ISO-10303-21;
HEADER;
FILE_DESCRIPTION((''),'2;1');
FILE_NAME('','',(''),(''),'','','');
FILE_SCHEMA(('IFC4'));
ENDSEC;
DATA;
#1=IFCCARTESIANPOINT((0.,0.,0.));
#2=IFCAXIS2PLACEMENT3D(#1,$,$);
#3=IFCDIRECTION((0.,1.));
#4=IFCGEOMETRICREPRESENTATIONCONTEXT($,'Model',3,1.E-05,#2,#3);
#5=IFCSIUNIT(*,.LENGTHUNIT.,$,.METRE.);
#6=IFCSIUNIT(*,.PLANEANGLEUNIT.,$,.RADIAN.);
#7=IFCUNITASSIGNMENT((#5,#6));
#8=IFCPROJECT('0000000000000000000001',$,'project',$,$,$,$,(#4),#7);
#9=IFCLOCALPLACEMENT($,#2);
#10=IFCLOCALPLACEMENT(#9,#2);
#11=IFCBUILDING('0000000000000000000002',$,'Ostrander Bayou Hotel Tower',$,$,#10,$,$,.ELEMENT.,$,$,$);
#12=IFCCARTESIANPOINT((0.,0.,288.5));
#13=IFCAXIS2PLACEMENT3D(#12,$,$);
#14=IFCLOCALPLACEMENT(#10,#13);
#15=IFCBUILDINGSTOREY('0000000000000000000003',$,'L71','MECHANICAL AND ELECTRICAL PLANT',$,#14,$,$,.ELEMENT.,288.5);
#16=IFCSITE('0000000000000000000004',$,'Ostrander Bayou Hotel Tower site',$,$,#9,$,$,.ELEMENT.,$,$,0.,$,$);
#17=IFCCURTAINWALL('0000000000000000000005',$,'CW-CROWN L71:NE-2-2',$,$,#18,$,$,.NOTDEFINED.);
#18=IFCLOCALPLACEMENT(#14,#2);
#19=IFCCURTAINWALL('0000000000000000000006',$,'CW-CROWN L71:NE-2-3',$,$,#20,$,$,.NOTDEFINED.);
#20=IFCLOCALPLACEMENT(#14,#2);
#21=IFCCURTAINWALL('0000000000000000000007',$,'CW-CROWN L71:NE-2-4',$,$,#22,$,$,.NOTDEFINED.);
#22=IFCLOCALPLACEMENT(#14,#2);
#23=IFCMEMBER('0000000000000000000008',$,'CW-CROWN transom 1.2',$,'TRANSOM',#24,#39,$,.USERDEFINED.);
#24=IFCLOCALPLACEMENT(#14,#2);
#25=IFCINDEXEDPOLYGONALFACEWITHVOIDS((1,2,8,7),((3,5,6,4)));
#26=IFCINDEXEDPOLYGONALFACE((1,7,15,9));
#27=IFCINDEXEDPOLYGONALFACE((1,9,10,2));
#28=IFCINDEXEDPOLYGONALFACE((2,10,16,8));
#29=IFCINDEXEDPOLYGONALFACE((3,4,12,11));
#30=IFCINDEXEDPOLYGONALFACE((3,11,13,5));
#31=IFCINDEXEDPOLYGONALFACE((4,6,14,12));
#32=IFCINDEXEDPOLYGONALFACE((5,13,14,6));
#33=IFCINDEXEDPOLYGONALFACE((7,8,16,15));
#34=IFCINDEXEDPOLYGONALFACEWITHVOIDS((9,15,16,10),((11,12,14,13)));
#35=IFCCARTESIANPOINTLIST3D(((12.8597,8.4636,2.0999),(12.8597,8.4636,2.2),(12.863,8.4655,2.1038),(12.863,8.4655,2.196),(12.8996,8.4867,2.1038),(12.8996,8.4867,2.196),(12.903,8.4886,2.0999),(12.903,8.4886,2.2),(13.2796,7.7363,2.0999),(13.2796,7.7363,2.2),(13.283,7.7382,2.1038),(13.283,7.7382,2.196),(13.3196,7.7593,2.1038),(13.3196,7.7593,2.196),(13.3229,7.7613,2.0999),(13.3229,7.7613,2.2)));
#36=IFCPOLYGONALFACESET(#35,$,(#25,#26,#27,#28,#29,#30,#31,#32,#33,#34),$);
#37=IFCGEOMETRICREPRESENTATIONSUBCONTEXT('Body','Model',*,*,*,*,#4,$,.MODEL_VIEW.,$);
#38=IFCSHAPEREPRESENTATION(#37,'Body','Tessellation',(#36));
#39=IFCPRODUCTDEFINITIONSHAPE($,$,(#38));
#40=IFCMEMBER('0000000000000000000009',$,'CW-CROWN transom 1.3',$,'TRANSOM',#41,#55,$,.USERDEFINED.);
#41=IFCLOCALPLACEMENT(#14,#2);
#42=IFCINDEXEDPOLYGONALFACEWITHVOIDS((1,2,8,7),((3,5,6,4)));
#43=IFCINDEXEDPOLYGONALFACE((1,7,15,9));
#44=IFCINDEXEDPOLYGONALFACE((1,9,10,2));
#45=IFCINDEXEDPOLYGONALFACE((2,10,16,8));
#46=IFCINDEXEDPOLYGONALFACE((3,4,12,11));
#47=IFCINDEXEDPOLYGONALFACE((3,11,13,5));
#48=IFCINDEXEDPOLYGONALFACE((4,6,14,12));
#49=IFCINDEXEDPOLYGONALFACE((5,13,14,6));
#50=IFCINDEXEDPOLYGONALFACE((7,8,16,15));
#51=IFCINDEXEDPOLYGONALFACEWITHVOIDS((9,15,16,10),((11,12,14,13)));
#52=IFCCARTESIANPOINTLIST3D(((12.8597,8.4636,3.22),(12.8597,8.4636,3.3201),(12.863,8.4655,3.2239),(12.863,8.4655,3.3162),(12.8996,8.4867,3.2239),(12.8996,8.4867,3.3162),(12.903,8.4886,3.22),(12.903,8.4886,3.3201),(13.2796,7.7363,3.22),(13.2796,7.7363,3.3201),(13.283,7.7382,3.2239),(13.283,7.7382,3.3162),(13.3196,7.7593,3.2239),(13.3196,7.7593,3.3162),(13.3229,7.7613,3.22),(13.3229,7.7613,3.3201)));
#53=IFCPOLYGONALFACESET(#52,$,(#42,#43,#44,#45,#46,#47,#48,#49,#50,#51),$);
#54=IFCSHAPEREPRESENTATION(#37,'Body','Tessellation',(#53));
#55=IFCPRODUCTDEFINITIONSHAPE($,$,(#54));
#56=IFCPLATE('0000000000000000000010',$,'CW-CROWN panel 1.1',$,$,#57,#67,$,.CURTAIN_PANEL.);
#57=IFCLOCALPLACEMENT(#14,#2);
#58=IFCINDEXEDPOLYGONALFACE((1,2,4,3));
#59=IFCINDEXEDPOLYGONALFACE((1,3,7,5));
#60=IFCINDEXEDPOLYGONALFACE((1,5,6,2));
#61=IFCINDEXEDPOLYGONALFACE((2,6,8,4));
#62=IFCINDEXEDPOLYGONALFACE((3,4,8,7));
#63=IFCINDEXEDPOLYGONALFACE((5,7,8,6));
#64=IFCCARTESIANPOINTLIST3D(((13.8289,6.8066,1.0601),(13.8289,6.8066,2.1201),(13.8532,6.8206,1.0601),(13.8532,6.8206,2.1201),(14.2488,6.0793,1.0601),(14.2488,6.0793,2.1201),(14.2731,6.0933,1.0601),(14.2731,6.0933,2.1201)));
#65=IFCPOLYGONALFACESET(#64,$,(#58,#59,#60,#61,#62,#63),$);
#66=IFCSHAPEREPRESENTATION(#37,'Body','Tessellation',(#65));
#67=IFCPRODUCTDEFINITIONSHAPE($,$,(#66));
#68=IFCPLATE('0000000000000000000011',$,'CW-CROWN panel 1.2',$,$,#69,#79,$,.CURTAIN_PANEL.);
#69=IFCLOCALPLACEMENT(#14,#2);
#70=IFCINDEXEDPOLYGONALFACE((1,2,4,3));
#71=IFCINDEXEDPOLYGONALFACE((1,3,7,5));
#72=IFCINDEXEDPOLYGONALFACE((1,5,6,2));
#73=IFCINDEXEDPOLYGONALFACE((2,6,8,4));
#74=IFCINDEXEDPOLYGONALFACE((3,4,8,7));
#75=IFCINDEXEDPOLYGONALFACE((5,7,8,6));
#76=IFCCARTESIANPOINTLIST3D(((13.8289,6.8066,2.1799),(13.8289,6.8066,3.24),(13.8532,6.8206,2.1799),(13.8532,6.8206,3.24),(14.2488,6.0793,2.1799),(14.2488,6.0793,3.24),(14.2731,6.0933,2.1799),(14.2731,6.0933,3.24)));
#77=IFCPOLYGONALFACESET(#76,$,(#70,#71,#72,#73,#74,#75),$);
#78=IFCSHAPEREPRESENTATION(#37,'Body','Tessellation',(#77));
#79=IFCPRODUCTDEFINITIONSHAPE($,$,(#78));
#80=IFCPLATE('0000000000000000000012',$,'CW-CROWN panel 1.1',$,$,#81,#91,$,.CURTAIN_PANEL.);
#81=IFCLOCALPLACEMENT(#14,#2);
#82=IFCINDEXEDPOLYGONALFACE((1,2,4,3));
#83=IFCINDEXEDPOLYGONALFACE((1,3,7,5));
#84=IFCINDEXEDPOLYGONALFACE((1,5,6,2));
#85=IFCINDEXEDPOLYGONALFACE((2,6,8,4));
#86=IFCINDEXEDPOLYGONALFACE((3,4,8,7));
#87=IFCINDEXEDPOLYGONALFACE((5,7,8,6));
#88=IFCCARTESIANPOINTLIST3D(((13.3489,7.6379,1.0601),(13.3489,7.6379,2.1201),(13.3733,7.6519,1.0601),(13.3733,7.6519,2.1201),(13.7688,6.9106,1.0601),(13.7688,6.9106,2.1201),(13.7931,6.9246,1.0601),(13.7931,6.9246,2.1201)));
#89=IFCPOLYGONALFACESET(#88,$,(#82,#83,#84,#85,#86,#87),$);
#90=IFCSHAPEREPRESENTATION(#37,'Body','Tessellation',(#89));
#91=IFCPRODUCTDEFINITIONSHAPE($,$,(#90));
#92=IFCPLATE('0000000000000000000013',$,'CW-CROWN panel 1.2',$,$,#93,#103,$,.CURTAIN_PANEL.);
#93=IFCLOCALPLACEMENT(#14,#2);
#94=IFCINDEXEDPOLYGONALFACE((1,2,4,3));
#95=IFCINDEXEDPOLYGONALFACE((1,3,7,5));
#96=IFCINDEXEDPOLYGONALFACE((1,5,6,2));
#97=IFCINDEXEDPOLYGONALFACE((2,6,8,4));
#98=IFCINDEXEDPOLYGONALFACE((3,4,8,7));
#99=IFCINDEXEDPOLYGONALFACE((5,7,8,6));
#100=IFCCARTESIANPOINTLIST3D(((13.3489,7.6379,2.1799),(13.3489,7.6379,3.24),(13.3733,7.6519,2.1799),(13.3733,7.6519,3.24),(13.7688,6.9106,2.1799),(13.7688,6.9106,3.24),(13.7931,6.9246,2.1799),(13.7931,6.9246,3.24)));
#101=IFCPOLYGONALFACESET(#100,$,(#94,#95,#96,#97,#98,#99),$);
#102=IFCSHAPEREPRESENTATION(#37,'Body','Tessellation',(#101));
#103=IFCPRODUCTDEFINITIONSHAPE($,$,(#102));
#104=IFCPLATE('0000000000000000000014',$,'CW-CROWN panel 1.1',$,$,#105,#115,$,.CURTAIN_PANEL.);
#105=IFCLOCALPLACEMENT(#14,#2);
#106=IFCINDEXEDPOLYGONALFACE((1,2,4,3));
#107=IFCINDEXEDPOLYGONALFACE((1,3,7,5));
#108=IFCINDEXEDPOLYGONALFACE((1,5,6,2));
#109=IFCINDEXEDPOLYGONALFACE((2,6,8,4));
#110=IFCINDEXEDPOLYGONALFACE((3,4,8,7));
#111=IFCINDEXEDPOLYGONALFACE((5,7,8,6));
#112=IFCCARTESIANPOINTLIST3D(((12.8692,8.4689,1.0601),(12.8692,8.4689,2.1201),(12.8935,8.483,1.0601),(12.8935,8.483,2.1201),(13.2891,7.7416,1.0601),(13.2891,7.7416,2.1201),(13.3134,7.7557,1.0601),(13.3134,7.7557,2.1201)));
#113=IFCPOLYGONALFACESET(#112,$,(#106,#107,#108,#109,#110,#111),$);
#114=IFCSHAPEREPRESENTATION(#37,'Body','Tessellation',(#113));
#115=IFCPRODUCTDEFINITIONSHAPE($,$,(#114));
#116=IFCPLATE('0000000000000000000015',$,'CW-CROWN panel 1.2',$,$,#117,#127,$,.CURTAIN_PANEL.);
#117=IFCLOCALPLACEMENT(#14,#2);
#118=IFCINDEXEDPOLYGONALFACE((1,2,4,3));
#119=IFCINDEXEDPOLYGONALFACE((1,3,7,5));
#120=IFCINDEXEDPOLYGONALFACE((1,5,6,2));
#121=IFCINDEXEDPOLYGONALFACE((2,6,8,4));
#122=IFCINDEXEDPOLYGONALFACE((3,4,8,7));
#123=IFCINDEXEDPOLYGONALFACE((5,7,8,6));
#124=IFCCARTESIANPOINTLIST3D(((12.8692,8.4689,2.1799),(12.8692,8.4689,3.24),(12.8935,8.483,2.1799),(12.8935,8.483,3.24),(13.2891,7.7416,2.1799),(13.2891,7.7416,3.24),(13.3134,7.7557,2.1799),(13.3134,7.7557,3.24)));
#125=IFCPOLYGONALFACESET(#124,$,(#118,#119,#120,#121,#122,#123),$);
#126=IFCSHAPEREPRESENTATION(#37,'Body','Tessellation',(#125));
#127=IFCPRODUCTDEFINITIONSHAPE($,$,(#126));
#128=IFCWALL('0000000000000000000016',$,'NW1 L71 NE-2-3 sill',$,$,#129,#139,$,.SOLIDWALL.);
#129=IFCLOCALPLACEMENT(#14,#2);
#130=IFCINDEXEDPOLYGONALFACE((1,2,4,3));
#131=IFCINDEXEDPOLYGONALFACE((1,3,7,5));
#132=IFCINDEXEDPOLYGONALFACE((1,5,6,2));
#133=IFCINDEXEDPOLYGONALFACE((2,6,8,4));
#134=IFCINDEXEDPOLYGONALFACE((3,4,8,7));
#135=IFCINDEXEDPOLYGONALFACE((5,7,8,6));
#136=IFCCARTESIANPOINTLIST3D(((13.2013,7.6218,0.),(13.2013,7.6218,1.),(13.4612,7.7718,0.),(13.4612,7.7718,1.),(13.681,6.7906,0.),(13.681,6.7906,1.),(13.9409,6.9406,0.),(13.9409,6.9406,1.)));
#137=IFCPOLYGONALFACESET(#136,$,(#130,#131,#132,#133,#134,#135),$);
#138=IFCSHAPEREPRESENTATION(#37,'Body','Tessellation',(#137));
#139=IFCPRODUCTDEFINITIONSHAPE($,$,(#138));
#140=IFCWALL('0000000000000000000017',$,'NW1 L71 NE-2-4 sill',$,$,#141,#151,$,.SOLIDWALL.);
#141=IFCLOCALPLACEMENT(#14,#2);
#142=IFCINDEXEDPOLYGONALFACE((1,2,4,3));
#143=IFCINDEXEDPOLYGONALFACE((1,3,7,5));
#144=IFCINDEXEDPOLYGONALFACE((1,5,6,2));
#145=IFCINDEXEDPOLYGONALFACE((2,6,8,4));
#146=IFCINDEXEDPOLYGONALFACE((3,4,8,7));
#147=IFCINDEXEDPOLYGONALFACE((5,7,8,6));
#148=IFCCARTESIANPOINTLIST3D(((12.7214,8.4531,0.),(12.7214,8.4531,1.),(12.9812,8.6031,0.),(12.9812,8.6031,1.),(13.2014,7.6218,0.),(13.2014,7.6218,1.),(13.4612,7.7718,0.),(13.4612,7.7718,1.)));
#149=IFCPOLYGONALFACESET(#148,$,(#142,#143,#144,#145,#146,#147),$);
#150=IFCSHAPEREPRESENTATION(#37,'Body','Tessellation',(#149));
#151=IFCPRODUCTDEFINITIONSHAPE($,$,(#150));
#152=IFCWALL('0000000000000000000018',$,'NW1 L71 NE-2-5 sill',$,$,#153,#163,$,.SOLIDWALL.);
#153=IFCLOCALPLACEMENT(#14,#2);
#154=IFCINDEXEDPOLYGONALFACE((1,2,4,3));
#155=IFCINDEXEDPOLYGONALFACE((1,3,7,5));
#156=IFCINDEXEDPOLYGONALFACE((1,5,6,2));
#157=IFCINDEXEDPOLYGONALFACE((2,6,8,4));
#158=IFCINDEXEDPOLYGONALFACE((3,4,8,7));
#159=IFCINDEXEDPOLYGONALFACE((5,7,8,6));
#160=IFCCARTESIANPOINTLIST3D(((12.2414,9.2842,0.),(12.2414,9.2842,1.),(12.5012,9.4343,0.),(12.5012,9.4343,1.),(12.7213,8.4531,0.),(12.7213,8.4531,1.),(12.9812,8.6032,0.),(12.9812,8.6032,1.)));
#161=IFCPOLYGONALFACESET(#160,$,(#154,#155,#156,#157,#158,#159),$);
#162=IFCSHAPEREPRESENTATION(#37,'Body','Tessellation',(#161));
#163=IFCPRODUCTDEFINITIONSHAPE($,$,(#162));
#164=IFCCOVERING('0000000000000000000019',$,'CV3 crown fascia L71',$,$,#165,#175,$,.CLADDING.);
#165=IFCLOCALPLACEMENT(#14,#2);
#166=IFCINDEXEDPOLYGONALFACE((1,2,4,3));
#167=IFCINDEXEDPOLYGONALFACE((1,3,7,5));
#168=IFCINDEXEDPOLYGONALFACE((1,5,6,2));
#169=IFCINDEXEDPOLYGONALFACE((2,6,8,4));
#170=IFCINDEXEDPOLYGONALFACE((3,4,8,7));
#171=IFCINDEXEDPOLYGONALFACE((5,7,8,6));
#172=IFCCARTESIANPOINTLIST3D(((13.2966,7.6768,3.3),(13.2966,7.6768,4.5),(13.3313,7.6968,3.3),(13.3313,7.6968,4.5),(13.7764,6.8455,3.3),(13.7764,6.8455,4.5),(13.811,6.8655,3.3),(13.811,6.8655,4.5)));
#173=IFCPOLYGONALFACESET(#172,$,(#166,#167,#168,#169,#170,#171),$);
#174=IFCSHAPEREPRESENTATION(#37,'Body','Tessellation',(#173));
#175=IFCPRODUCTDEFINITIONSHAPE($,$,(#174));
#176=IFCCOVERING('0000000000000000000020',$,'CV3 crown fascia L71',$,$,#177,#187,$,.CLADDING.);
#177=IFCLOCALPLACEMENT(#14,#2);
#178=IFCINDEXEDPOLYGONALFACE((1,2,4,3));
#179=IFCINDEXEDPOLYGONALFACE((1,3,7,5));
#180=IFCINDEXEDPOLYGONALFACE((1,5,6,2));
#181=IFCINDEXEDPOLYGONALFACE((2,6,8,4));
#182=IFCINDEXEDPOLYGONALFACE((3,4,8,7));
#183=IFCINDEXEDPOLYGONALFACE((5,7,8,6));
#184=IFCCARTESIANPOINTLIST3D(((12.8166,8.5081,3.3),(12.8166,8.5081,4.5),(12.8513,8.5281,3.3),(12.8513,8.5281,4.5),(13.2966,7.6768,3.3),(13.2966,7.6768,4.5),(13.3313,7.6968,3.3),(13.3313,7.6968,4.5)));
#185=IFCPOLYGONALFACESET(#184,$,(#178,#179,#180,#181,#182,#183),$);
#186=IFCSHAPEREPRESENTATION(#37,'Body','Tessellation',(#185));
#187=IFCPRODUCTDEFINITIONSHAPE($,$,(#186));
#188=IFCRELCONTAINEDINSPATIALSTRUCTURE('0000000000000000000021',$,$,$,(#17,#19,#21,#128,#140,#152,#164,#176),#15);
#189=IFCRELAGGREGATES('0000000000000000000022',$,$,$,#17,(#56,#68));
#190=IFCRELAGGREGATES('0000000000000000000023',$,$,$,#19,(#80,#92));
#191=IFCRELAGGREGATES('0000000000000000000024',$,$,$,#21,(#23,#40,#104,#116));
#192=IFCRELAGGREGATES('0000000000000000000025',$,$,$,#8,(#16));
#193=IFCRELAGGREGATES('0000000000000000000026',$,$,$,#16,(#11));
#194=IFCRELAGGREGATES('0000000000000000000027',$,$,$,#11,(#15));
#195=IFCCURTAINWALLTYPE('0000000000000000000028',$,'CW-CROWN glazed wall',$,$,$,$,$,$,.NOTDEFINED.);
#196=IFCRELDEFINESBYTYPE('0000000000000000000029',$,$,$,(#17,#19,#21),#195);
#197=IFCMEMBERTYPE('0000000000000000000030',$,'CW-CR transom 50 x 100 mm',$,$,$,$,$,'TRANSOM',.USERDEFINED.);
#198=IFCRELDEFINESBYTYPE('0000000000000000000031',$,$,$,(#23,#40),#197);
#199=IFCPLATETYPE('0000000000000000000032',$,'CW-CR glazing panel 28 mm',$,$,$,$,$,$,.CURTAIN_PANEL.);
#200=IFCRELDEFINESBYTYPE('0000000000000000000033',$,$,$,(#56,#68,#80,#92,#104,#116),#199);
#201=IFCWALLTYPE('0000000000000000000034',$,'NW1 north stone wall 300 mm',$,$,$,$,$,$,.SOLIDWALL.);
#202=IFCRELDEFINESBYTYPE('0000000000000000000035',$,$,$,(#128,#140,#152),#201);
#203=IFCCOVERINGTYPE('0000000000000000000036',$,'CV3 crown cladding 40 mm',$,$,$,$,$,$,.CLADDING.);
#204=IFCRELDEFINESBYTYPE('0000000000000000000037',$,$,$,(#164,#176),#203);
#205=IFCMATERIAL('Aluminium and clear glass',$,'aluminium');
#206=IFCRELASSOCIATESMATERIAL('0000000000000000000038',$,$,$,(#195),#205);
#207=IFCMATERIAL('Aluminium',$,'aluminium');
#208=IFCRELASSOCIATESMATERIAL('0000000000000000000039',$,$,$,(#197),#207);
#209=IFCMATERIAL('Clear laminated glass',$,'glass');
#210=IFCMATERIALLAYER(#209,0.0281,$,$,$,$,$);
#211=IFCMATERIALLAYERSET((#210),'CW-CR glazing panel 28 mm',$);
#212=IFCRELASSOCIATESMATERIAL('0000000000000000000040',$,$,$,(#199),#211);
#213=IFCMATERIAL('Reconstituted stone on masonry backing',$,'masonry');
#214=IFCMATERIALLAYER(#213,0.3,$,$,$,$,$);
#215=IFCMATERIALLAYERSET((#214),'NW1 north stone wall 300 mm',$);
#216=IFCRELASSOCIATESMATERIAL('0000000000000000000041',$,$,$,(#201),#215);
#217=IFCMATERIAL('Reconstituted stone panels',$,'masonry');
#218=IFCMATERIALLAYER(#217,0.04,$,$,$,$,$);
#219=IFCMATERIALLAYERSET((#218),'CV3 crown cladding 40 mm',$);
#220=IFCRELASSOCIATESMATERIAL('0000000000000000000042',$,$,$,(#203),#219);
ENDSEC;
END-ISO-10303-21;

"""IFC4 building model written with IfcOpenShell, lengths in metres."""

from ifc_helpers import new_model, si_unit, direction, frame, frame_2d, origin, origin_2d, place, context, subcontext, project, spatial, polyline, rectangle, hollow_rectangle, outline, extrude, material, layer, layer_set, material_profile, profile_set, type_object, element, aggregate, save


model = new_model("IFC4")

# Units and contexts
model_context = context("Model", 3, precision=1e-05, world=origin(), true_north=direction((0.0, 1.0)))
body_context = subcontext(model_context, "Body", "Model", "MODEL_VIEW")
ifc_project = project(units=[si_unit("LENGTHUNIT", "METRE"), si_unit("PLANEANGLEUNIT", "RADIAN")], contexts=[model_context])

# Site, building, storey
site_placement = place(None, origin())
site = spatial("IfcSite", under=ifc_project, at=site_placement, Name="Ostrander Bayou Hotel Tower site", CompositionType="ELEMENT", RefElevation=0.0)
building_placement = place(site_placement, origin())
building = spatial("IfcBuilding", under=site, at=building_placement, Name="Ostrander Bayou Hotel Tower", CompositionType="ELEMENT")
storey_placement = place(building_placement, frame((0.0, 0.0, 288.5)))
storey = spatial("IfcBuildingStorey", under=building, at=storey_placement, Name="L71", Description="MECHANICAL AND ELECTRICAL PLANT", CompositionType="ELEMENT", Elevation=288.5)

# Curtain wall
ifc_material_1 = material(Name="Aluminium and clear glass", Category="aluminium")
curtain_wall_type = type_object("IfcCurtainWallType", Name="CW-CROWN glazed wall", PredefinedType="NOTDEFINED", material=ifc_material_1)
curtain_wall_1_placement = place(storey_placement, origin())
curtain_wall_1 = element("IfcCurtainWall", 1, at=curtain_wall_1_placement, inside=storey, type_object=curtain_wall_type, Name="CW-CROWN L71:NE-2-2", PredefinedType="NOTDEFINED")

# Curtain walls
curtain_wall_2_placement = place(storey_placement, origin())
curtain_wall_2 = element("IfcCurtainWall", 2, at=curtain_wall_2_placement, inside=storey, type_object=curtain_wall_type, Name="CW-CROWN L71:NE-2-3", PredefinedType="NOTDEFINED")
curtain_wall_3_placement = place(storey_placement, origin())
curtain_wall_3 = element("IfcCurtainWall", 3, at=curtain_wall_3_placement, inside=storey, type_object=curtain_wall_type, Name="CW-CROWN L71:NE-2-4", PredefinedType="NOTDEFINED")

# Members
ifc_material_2 = material(Name="Aluminium", Category="aluminium")
ifc_material_profile_1 = material_profile(ifc_material_2, hollow_rectangle(XDim=0.05, YDim=0.1001, WallThickness=0.0039, at=origin_2d()))
ifc_profile_set_1 = profile_set([ifc_material_profile_1], Name="Aluminium")
member_type_1 = type_object("IfcMemberType", Name="CW-CR transom 50 x 100 mm", ElementType="TRANSOM", PredefinedType="USERDEFINED", material=ifc_profile_set_1)
member_1_placement = place(storey_placement, frame((13.3013, 7.7488, 2.1499), z_axis=(-0.500016, 0.866016, 0.0), x_axis=(-0.866016, -0.500016, 0.0)))
member_1 = element("IfcMember", 4, at=member_1_placement, type_object=member_type_1, Name="CW-CROWN transom 1.2", ObjectType="TRANSOM", PredefinedType="USERDEFINED", context=body_context, shape_type="SweptSolid", body=[
    extrude(hollow_rectangle(XDim=0.05, YDim=0.1001, WallThickness=0.0039, at=origin_2d()), origin(), (0.0, 0.0, 1.0), 0.8398),
])
member_2_placement = place(storey_placement, frame((13.3013, 7.7488, 3.27), z_axis=(-0.500016, 0.866016, 0.0), x_axis=(-0.866016, -0.500016, 0.0)))
member_2 = element("IfcMember", 5, at=member_2_placement, type_object=member_type_1, Name="CW-CROWN transom 1.3", ObjectType="TRANSOM", PredefinedType="USERDEFINED", context=body_context, shape_type="SweptSolid", body=[
    extrude(hollow_rectangle(XDim=0.05, YDim=0.1001, WallThickness=0.0039, at=origin_2d()), origin(), (0.0, 0.0, 1.0), 0.8398),
])

# Plates
ifc_material_3 = material(Name="Clear laminated glass", Category="glass")
ifc_layer_1 = layer(ifc_material_3, 0.0281)
ifc_layer_set_1 = layer_set([ifc_layer_1], Name="CW-CR glazing panel 28 mm")
plate_type = type_object("IfcPlateType", Name="CW-CR glazing panel 28 mm", PredefinedType="CURTAIN_PANEL", material=ifc_layer_set_1)
plate_1_placement = place(storey_placement, frame((14.051, 6.45, 1.0601), z_axis=(0.0, 0.0, 1.0), x_axis=(-0.500005, 0.866022, 0.0)))
plate_1 = element("IfcPlate", 6, at=plate_1_placement, type_object=plate_type, Name="CW-CROWN panel 1.1", PredefinedType="CURTAIN_PANEL", context=body_context, shape_type="SweptSolid", body=[
    extrude(rectangle(XDim=0.8398, YDim=0.0281, at=origin_2d()), origin(), (0.0, 0.0, 1.0), 1.0601),
])
plate_2_placement = place(storey_placement, frame((14.051, 6.45, 2.1799), z_axis=(0.0, 0.0, 1.0), x_axis=(-0.500005, 0.866022, 0.0)))
plate_2 = element("IfcPlate", 7, at=plate_2_placement, type_object=plate_type, Name="CW-CROWN panel 1.2", PredefinedType="CURTAIN_PANEL", context=body_context, shape_type="SweptSolid", body=[
    extrude(rectangle(XDim=0.8398, YDim=0.0281, at=origin_2d()), origin(), (0.0, 0.0, 1.0), 1.0601),
])
aggregate(curtain_wall_1, [plate_1, plate_2])
plate_3_placement = place(storey_placement, frame((13.571, 7.2812, 1.0601), z_axis=(0.0, 0.0, 1.0), x_axis=(-0.49996, 0.866049, 0.0)))
plate_3 = element("IfcPlate", 8, at=plate_3_placement, type_object=plate_type, Name="CW-CROWN panel 1.1", PredefinedType="CURTAIN_PANEL", context=body_context, shape_type="SweptSolid", body=[
    extrude(rectangle(XDim=0.8398, YDim=0.0281, at=origin_2d()), origin(), (0.0, 0.0, 1.0), 1.0601),
])
plate_4_placement = place(storey_placement, frame((13.571, 7.2812, 2.1799), z_axis=(0.0, 0.0, 1.0), x_axis=(-0.49996, 0.866049, 0.0)))
plate_4 = element("IfcPlate", 9, at=plate_4_placement, type_object=plate_type, Name="CW-CROWN panel 1.2", PredefinedType="CURTAIN_PANEL", context=body_context, shape_type="SweptSolid", body=[
    extrude(rectangle(XDim=0.8398, YDim=0.0281, at=origin_2d()), origin(), (0.0, 0.0, 1.0), 1.0601),
])
aggregate(curtain_wall_2, [plate_3, plate_4])
plate_5_placement = place(storey_placement, frame((13.0913, 8.1123, 1.0601), z_axis=(0.0, 0.0, 1.0), x_axis=(-0.500005, 0.866022, 0.0)))
plate_5 = element("IfcPlate", 10, at=plate_5_placement, type_object=plate_type, Name="CW-CROWN panel 1.1", PredefinedType="CURTAIN_PANEL", context=body_context, shape_type="SweptSolid", body=[
    extrude(rectangle(XDim=0.8398, YDim=0.0281, at=origin_2d()), origin(), (0.0, 0.0, 1.0), 1.0601),
])
plate_6_placement = place(storey_placement, frame((13.0913, 8.1123, 2.1799), z_axis=(0.0, 0.0, 1.0), x_axis=(-0.500005, 0.866022, 0.0)))
plate_6 = element("IfcPlate", 11, at=plate_6_placement, type_object=plate_type, Name="CW-CROWN panel 1.2", PredefinedType="CURTAIN_PANEL", context=body_context, shape_type="SweptSolid", body=[
    extrude(rectangle(XDim=0.8398, YDim=0.0281, at=origin_2d()), origin(), (0.0, 0.0, 1.0), 1.0601),
])
aggregate(curtain_wall_3, [member_1, member_2, plate_5, plate_6])

# Walls
ifc_material_4 = material(Name="Reconstituted stone on masonry backing", Category="masonry")
ifc_layer_2 = layer(ifc_material_4, 0.3)
ifc_layer_set_2 = layer_set([ifc_layer_2], Name="NW1 north stone wall 300 mm")
wall_type = type_object("IfcWallType", Name="NW1 north stone wall 300 mm", PredefinedType="SOLIDWALL", material=ifc_layer_set_2)
wall_1_placement = place(storey_placement, frame((13.811, 6.8655, 0.0), z_axis=(0.0, 0.0, 1.0), x_axis=(-0.499833, 0.866122, 0.0)))
element("IfcWall", 12, at=wall_1_placement, inside=storey, type_object=wall_type, Name="NW1 L71 NE-2-3 sill", PredefinedType="SOLIDWALL", context=body_context, shape_type="SweptSolid", body=[
    extrude(rectangle(XDim=0.9597, YDim=0.3, at=frame_2d((0.48, 0.0))), origin(), (0.0, 0.0, 1.0), 1.0),
])
wall_2_placement = place(storey_placement, frame((13.3313, 7.6968, 0.0), z_axis=(0.0, 0.0, 1.0), x_axis=(-0.500023, 0.866012, 0.0)))
element("IfcWall", 13, at=wall_2_placement, inside=storey, type_object=wall_type, Name="NW1 L71 NE-2-4 sill", PredefinedType="SOLIDWALL", context=body_context, shape_type="SweptSolid", body=[
    extrude(rectangle(XDim=0.96, YDim=0.3, at=frame_2d((0.48, 0.0))), origin(), (0.0, 0.0, 1.0), 1.0),
])
wall_3_placement = place(storey_placement, frame((12.8513, 8.5281, 0.0), z_axis=(0.0, 0.0, 1.0), x_axis=(-0.500133, 0.865948, 0.0)))
element("IfcWall", 14, at=wall_3_placement, inside=storey, type_object=wall_type, Name="NW1 L71 NE-2-5 sill", PredefinedType="SOLIDWALL", context=body_context, shape_type="SweptSolid", body=[
    extrude(rectangle(XDim=0.9597, YDim=0.3, at=frame_2d((0.48, 0.0))), origin(), (0.0, 0.0, 1.0), 1.0),
])

# Coverings
ifc_material_5 = material(Name="Reconstituted stone panels", Category="masonry")
ifc_layer_3 = layer(ifc_material_5, 0.04)
ifc_layer_set_3 = layer_set([ifc_layer_3], Name="CV3 crown cladding 40 mm")
covering_type = type_object("IfcCoveringType", Name="CV3 crown cladding 40 mm", PredefinedType="CLADDING", material=ifc_layer_set_3)
covering_1_placement = place(storey_placement, frame((13.811, 6.8655, 3.3), z_axis=(0.866122, 0.499833, 0.0), x_axis=(-0.499833, 0.866122, 0.0)))
element("IfcCovering", 15, at=covering_1_placement, inside=storey, type_object=covering_type, Name="CV3 crown fascia L71", PredefinedType="CLADDING", context=body_context, shape_type="SweptSolid", body=[
    extrude(outline(polyline([(0.0, 0.0), (0.9598, 0.0), (0.9598, 1.2), (0.0, 1.2), (0.0, 0.0)])), origin(), (0.0, 0.0, -1.0), 0.04),
])
covering_2_placement = place(storey_placement, frame((13.3313, 7.6968, 3.3), z_axis=(0.866012, 0.500023, 0.0), x_axis=(-0.500023, 0.866012, 0.0)))
element("IfcCovering", 16, at=covering_2_placement, inside=storey, type_object=covering_type, Name="CV3 crown fascia L71", PredefinedType="CLADDING", context=body_context, shape_type="SweptSolid", body=[
    extrude(outline(polyline([(0.0, 0.0), (0.9599, 0.0), (0.9599, 1.2), (0.0, 1.2), (0.0, 0.0)])), origin(), (0.0, 0.0, -1.0), 0.04),
])

save(model, "model.ifc")
